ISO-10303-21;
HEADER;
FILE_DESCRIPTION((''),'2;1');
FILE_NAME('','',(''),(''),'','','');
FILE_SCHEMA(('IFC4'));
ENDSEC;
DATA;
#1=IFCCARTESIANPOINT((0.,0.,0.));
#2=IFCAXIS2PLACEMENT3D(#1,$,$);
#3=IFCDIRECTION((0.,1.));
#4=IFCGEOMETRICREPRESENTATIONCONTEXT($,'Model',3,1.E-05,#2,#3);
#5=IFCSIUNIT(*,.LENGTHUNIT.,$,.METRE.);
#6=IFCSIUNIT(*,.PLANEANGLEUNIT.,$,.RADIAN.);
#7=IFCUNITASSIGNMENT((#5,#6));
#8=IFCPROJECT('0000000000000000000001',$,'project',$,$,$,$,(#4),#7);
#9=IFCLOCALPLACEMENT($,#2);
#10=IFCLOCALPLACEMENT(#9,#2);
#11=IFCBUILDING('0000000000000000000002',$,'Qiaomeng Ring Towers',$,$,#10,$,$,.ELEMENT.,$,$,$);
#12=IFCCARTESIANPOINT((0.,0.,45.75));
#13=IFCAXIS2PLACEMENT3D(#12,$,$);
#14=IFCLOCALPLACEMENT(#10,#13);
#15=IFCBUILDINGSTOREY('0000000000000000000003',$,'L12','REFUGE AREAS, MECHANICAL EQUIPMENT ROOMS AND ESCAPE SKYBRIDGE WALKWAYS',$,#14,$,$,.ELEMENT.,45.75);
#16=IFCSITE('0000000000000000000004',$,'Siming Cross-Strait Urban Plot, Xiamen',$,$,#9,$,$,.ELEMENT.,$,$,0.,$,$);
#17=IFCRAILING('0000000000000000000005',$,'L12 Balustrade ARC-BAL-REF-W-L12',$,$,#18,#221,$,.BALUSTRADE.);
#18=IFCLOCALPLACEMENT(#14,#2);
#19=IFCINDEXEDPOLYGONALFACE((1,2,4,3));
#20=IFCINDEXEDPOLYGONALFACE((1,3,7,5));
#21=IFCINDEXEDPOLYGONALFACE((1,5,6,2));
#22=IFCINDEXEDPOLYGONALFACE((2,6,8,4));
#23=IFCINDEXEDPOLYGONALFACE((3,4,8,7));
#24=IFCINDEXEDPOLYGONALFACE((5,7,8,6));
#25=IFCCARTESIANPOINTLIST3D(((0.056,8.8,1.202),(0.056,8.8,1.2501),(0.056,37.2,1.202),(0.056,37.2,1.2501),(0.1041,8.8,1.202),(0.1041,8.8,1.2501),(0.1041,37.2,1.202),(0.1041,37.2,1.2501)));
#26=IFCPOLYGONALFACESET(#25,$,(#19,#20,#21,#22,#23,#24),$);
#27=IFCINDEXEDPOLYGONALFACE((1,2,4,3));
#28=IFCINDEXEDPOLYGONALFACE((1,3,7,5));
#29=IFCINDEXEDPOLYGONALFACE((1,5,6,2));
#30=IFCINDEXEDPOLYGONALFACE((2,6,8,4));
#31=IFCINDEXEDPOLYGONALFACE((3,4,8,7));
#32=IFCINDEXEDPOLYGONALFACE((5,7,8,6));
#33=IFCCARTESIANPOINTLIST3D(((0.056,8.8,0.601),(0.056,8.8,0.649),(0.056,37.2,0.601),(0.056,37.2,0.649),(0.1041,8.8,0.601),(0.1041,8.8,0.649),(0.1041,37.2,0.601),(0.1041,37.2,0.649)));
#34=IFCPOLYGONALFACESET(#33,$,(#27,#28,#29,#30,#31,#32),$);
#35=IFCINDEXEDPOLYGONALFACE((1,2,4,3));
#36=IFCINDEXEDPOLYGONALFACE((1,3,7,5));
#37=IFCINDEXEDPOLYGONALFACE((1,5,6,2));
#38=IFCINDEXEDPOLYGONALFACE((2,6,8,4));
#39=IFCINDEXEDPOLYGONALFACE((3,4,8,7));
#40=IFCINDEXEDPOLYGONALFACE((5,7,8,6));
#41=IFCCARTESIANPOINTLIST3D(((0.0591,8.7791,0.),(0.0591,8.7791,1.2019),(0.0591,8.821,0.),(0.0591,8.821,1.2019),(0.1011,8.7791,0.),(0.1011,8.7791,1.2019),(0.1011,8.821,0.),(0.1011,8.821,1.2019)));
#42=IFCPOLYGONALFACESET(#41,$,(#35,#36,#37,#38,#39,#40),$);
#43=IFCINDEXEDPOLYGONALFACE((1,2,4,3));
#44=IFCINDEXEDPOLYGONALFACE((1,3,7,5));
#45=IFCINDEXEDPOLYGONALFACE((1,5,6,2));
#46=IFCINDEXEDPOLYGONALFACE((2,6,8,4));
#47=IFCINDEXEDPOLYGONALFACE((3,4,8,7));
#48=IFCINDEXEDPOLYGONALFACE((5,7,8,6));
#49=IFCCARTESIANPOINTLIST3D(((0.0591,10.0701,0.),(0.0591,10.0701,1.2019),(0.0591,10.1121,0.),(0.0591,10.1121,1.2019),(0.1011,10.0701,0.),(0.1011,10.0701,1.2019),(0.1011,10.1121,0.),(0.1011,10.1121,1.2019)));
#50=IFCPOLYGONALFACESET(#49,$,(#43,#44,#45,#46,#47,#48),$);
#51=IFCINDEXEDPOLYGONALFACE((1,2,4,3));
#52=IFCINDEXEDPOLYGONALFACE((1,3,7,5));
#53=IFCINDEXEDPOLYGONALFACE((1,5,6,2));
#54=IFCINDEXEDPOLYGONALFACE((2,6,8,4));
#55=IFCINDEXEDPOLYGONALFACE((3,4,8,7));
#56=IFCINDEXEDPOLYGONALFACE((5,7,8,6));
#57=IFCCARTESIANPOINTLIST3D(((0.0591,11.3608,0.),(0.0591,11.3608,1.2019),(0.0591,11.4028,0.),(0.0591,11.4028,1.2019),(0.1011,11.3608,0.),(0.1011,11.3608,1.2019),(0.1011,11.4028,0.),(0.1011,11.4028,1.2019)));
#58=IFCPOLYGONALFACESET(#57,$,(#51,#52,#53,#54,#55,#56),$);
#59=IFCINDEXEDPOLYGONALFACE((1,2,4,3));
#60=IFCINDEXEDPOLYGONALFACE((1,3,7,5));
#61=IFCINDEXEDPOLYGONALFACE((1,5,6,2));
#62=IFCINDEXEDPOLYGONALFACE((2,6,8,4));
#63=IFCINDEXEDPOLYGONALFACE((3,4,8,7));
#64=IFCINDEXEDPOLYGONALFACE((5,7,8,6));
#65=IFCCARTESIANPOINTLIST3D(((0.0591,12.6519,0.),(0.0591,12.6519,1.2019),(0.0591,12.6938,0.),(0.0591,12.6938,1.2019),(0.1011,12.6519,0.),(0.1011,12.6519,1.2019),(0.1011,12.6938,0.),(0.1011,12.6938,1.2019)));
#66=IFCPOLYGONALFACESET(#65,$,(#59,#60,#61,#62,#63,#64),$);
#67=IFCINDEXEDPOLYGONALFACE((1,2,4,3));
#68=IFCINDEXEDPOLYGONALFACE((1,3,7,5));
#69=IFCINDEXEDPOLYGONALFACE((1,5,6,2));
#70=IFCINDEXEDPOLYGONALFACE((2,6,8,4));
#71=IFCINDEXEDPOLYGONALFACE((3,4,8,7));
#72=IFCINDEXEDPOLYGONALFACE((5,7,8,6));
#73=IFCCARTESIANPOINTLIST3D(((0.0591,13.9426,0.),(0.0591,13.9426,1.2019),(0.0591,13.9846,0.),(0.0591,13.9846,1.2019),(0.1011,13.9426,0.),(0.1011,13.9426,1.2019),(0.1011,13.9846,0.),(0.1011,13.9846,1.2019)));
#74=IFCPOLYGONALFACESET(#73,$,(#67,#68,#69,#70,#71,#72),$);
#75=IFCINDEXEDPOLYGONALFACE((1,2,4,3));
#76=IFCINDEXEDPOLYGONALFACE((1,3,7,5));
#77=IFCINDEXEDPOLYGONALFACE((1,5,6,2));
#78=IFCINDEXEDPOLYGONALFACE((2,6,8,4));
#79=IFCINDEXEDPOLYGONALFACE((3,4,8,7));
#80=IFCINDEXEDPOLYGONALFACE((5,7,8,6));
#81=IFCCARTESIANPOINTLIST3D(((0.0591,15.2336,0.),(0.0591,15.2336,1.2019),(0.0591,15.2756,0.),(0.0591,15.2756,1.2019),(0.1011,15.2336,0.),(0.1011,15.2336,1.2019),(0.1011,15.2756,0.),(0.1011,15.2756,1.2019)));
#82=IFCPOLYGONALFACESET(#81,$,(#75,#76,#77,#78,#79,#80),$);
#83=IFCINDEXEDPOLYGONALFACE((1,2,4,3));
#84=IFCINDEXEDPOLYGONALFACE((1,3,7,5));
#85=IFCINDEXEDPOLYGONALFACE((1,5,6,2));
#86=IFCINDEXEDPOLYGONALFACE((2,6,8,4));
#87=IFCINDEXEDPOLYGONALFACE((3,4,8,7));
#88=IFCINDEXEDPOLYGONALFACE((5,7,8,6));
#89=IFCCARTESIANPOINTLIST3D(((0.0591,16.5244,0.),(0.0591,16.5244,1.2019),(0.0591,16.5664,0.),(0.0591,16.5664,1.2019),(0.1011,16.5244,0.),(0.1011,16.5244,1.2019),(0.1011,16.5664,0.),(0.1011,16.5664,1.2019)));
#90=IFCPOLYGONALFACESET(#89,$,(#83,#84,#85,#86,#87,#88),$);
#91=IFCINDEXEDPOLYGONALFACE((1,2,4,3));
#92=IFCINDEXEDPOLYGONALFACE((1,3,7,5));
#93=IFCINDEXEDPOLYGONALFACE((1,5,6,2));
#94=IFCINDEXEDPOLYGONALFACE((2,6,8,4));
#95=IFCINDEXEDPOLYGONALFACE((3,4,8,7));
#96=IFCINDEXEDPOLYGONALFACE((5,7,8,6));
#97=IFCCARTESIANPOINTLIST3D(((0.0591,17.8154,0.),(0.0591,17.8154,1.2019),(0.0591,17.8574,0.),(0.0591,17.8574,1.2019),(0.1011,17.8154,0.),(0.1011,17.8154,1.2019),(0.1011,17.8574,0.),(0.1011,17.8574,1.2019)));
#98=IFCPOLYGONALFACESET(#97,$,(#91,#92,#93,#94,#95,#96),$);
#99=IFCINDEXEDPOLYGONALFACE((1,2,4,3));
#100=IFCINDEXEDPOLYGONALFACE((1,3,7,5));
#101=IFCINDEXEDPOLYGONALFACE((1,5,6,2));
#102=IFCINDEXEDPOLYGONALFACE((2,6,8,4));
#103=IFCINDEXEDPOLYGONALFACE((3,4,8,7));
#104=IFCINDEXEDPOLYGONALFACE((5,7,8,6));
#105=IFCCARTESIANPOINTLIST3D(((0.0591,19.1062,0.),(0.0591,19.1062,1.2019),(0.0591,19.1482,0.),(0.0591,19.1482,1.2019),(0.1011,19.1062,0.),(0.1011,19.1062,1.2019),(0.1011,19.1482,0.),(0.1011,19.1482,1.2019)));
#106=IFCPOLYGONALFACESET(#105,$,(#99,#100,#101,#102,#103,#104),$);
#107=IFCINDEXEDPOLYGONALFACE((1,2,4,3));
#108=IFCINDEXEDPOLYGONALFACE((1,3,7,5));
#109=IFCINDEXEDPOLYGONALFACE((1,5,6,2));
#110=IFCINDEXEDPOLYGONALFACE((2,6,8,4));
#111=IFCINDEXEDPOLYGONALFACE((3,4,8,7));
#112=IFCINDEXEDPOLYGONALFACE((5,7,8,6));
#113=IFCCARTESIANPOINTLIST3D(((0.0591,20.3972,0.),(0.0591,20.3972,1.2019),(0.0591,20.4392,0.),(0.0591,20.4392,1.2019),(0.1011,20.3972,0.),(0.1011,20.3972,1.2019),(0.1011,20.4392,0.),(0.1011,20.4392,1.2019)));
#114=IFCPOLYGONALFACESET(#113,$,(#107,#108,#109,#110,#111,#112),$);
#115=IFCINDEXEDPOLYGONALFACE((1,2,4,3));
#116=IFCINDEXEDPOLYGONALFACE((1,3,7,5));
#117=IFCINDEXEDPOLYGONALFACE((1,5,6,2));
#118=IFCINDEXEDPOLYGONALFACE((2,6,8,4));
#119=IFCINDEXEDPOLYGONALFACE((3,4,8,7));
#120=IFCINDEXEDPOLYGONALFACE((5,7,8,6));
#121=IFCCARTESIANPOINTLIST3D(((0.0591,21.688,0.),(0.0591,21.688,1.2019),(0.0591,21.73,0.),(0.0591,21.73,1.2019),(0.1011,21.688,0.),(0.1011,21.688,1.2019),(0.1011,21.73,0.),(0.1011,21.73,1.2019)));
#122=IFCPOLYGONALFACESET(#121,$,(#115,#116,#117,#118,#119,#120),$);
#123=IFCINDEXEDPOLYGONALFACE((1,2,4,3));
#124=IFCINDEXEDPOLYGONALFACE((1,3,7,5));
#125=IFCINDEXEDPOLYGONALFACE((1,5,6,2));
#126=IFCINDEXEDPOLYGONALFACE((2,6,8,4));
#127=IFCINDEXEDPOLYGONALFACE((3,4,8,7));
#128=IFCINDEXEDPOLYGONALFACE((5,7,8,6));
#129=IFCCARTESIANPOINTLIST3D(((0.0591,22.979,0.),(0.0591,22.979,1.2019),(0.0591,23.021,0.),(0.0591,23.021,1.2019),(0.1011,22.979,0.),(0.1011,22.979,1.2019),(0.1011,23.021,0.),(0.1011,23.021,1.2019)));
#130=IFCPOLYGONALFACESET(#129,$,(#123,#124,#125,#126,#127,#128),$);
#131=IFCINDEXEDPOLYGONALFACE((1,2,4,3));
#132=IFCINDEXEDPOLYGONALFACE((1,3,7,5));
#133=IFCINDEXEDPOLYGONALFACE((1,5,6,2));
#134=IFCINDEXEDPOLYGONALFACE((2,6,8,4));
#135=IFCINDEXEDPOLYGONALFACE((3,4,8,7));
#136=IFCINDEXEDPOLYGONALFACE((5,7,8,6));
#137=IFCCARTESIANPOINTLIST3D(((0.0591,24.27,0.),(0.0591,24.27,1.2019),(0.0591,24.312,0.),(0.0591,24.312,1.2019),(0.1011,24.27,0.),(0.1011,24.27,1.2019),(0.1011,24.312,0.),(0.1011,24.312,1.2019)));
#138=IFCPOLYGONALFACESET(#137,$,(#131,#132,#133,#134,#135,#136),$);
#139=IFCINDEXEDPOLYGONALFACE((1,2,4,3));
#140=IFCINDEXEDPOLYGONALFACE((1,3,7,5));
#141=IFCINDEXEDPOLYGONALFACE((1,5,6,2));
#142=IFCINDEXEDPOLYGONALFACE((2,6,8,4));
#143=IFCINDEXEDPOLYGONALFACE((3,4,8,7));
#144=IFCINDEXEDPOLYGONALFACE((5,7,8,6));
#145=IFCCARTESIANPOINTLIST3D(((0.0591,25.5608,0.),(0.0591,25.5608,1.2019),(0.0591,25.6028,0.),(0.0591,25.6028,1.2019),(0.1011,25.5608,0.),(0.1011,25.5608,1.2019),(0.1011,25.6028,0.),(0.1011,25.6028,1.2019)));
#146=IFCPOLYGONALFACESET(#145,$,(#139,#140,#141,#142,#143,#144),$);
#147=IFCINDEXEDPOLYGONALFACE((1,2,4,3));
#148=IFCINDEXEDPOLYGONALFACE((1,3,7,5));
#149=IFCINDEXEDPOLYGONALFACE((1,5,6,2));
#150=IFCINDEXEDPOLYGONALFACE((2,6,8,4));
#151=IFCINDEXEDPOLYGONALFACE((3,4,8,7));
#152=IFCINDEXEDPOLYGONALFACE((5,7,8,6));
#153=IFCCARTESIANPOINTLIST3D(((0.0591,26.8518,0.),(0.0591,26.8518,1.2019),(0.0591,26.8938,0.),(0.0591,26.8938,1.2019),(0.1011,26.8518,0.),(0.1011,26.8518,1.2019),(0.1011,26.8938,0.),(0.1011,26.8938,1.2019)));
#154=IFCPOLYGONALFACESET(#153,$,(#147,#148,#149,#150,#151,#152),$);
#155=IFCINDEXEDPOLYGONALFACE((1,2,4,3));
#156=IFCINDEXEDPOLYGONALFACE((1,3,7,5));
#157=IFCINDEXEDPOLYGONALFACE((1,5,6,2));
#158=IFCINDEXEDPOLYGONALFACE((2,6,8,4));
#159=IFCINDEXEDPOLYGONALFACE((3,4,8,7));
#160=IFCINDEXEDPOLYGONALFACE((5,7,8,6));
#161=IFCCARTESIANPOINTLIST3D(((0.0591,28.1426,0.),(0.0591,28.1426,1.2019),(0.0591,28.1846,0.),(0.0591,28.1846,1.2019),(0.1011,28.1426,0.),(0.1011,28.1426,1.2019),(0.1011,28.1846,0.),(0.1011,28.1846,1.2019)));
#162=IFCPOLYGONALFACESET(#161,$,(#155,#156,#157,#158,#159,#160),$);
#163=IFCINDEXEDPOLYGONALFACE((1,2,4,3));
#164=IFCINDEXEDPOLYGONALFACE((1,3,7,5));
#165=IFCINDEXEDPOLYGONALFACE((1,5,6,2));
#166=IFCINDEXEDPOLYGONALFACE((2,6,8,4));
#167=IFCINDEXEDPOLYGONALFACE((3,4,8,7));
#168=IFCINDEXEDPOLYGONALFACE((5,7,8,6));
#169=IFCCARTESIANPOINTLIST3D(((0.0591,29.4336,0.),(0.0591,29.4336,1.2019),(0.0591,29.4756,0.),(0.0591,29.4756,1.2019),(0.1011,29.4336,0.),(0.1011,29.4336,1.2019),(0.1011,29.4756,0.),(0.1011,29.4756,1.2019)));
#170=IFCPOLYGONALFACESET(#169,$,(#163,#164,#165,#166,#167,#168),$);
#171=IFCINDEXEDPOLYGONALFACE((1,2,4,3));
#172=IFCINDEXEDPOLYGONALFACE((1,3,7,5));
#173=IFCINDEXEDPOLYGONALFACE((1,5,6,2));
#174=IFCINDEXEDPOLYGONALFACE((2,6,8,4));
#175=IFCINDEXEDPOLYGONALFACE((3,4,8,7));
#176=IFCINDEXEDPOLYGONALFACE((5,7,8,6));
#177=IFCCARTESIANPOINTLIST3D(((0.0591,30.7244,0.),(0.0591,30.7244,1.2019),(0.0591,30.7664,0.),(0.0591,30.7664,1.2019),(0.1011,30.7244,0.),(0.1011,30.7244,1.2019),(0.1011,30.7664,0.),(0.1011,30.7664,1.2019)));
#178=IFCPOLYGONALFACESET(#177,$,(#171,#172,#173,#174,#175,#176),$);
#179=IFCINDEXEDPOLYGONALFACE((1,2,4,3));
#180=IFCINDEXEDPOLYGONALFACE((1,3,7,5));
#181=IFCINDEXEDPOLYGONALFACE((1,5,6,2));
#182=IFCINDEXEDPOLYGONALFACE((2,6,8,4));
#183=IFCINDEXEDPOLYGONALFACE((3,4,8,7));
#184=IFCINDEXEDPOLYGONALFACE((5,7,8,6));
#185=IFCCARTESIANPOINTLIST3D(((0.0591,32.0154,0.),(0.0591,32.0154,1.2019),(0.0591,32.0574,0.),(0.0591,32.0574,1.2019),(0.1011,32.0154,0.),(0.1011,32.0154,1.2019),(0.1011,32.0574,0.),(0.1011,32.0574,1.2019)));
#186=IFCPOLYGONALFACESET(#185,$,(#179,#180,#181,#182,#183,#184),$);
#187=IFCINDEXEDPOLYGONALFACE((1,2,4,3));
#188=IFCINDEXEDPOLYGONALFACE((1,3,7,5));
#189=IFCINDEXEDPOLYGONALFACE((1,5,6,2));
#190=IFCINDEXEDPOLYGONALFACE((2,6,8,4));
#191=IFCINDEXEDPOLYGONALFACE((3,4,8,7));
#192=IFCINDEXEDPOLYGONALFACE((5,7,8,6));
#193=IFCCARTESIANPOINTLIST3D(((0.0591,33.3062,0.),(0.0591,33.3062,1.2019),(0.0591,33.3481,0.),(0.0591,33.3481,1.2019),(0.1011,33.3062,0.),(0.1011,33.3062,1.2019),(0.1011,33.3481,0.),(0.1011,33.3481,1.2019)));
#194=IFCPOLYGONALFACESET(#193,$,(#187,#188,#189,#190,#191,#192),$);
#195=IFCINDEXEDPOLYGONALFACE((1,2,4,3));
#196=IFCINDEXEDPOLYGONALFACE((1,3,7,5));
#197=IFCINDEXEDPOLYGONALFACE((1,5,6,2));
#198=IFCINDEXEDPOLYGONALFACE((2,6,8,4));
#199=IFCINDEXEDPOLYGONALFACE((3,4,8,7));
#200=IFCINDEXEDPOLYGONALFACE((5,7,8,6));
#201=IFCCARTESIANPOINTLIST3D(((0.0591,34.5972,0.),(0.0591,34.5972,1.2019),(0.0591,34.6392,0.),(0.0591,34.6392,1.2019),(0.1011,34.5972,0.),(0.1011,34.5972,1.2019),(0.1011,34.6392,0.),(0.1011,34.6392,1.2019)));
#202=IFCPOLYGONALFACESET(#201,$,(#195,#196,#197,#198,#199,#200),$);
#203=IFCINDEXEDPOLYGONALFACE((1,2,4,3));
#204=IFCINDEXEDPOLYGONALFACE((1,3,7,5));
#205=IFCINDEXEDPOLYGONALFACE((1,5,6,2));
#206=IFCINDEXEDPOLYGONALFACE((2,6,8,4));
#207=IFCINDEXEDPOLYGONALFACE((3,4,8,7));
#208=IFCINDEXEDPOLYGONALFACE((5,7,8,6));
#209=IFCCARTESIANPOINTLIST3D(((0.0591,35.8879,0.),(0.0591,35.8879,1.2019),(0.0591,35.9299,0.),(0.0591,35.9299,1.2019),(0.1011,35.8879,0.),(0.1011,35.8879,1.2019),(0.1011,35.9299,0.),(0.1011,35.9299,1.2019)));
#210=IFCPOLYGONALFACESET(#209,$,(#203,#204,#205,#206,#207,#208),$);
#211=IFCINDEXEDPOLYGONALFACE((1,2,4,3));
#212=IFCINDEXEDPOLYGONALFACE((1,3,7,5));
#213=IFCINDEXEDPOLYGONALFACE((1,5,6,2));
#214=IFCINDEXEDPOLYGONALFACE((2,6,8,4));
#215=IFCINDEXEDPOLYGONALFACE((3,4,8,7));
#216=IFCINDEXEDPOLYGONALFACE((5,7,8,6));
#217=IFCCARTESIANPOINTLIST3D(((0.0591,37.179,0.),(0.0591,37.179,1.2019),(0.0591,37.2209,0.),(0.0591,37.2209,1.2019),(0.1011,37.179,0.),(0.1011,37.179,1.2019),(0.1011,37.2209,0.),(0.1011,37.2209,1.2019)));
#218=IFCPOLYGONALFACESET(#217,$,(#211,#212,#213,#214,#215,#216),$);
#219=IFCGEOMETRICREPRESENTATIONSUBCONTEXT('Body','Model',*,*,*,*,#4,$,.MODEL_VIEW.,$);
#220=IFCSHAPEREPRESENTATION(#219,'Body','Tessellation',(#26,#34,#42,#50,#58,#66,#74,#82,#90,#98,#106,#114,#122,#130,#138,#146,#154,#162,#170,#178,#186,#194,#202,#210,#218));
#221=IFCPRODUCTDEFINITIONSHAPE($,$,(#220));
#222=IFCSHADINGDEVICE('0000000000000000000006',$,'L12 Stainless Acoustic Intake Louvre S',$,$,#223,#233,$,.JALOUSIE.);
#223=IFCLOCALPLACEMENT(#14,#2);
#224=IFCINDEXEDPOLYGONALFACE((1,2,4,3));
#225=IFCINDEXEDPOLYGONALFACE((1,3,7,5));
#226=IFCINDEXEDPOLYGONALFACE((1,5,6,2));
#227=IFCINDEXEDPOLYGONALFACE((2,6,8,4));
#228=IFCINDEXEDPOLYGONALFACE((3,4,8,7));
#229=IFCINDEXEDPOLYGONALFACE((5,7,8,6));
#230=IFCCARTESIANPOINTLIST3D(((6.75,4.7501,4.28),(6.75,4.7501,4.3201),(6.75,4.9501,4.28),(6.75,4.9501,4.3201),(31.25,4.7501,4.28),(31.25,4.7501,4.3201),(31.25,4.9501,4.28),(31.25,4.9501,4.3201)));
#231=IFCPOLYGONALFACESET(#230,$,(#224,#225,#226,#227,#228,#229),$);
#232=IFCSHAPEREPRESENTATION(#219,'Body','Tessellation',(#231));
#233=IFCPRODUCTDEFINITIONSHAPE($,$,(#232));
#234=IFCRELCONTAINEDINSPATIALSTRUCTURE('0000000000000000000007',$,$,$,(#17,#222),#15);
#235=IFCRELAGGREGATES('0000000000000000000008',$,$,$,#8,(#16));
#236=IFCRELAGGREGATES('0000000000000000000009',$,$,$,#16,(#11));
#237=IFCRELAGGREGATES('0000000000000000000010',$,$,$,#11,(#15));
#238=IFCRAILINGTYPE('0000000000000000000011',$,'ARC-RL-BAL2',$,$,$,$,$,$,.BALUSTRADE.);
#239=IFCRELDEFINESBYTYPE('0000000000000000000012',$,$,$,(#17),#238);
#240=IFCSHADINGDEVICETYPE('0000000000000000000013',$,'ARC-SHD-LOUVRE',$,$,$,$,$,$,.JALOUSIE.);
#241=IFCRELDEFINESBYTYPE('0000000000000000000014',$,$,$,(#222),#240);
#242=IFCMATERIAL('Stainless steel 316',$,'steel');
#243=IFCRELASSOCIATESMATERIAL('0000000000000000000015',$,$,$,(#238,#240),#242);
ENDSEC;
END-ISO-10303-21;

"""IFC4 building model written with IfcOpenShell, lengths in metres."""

from ifc_helpers import new_model, si_unit, direction, frame, origin, origin_2d, place, context, subcontext, project, spatial, rectangle, extrude, source, transform, mapped, material, material_profile, profile_set, type_object, element, save


model = new_model("IFC4")

# Units and contexts
model_context = context("Model", 3, precision=1e-05, world=origin(), true_north=direction((0.0, 1.0)))
body_context = subcontext(model_context, "Body", "Model", "MODEL_VIEW")
ifc_project = project(units=[si_unit("LENGTHUNIT", "METRE"), si_unit("PLANEANGLEUNIT", "RADIAN")], contexts=[model_context])

# Site, building, storey
site_placement = place(None, origin())
site = spatial("IfcSite", under=ifc_project, at=site_placement, Name="Siming Cross-Strait Urban Plot, Xiamen", CompositionType="ELEMENT", RefElevation=0.0)
building_placement = place(site_placement, origin())
building = spatial("IfcBuilding", under=site, at=building_placement, Name="Qiaomeng Ring Towers", CompositionType="ELEMENT")
storey_placement = place(building_placement, frame((0.0, 0.0, 45.75)))
storey = spatial("IfcBuildingStorey", under=building, at=storey_placement, Name="L12", Description="REFUGE AREAS, MECHANICAL EQUIPMENT ROOMS AND ESCAPE SKYBRIDGE WALKWAYS", CompositionType="ELEMENT", Elevation=45.75)

# Railing
ifc_material_1 = material(Name="Stainless steel 316", Category="steel")
railing_type = type_object("IfcRailingType", Name="ARC-RL-BAL2", PredefinedType="BALUSTRADE", material=ifc_material_1)
railing_1_placement = place(storey_placement, frame((0.0801, 8.8, 0.0)))
element("IfcRailing", 1, at=railing_1_placement, inside=storey, type_object=railing_type, Name="L12 Balustrade ARC-BAL-REF-W-L12", PredefinedType="BALUSTRADE", context=body_context, shape_type="SweptSolid", body=[
    extrude(rectangle(XDim=0.0481, YDim=0.0481, at=origin_2d()), frame((0.0, 0.0, 1.2261), z_axis=(0.0, 1.0, 0.0), x_axis=(-1.0, 0.0, 0.0)), (0.0, 0.0, 1.0), 28.3999),
    extrude(rectangle(XDim=0.0481, YDim=0.0481, at=origin_2d()), frame((0.0, 0.0, 0.625), z_axis=(0.0, 1.0, 0.0), x_axis=(-1.0, 0.0, 0.0)), (0.0, 0.0, 1.0), 28.3999),
    extrude(rectangle(XDim=0.042, YDim=0.042, at=origin_2d()), origin(), (0.0, 0.0, 1.0), 1.2019),
    extrude(rectangle(XDim=0.042, YDim=0.042, at=origin_2d()), frame((0.0, 1.291, 0.0)), (0.0, 0.0, 1.0), 1.2019),
    extrude(rectangle(XDim=0.042, YDim=0.042, at=origin_2d()), frame((0.0, 2.5818, 0.0)), (0.0, 0.0, 1.0), 1.2019),
    extrude(rectangle(XDim=0.042, YDim=0.042, at=origin_2d()), frame((0.0, 3.8728, 0.0)), (0.0, 0.0, 1.0), 1.2019),
    extrude(rectangle(XDim=0.042, YDim=0.042, at=origin_2d()), frame((0.0, 5.1636, 0.0)), (0.0, 0.0, 1.0), 1.2019),
    extrude(rectangle(XDim=0.042, YDim=0.042, at=origin_2d()), frame((0.0, 6.4546, 0.0)), (0.0, 0.0, 1.0), 1.2019),
    extrude(rectangle(XDim=0.042, YDim=0.042, at=origin_2d()), frame((0.0, 7.7454, 0.0)), (0.0, 0.0, 1.0), 1.2019),
    extrude(rectangle(XDim=0.042, YDim=0.042, at=origin_2d()), frame((0.0, 9.0364, 0.0)), (0.0, 0.0, 1.0), 1.2019),
    extrude(rectangle(XDim=0.042, YDim=0.042, at=origin_2d()), frame((0.0, 10.3271, 0.0)), (0.0, 0.0, 1.0), 1.2019),
    extrude(rectangle(XDim=0.042, YDim=0.042, at=origin_2d()), frame((0.0, 11.6182, 0.0)), (0.0, 0.0, 1.0), 1.2019),
    extrude(rectangle(XDim=0.042, YDim=0.042, at=origin_2d()), frame((0.0, 12.9089, 0.0)), (0.0, 0.0, 1.0), 1.2019),
    extrude(rectangle(XDim=0.042, YDim=0.042, at=origin_2d()), frame((0.0, 14.2, 0.0)), (0.0, 0.0, 1.0), 1.2019),
    extrude(rectangle(XDim=0.042, YDim=0.042, at=origin_2d()), frame((0.0, 15.491, 0.0)), (0.0, 0.0, 1.0), 1.2019),
    extrude(rectangle(XDim=0.042, YDim=0.042, at=origin_2d()), frame((0.0, 16.7817, 0.0)), (0.0, 0.0, 1.0), 1.2019),
    extrude(rectangle(XDim=0.042, YDim=0.042, at=origin_2d()), frame((0.0, 18.0728, 0.0)), (0.0, 0.0, 1.0), 1.2019),
    extrude(rectangle(XDim=0.042, YDim=0.042, at=origin_2d()), frame((0.0, 19.3635, 0.0)), (0.0, 0.0, 1.0), 1.2019),
    extrude(rectangle(XDim=0.042, YDim=0.042, at=origin_2d()), frame((0.0, 20.6545, 0.0)), (0.0, 0.0, 1.0), 1.2019),
    extrude(rectangle(XDim=0.042, YDim=0.042, at=origin_2d()), frame((0.0, 21.9453, 0.0)), (0.0, 0.0, 1.0), 1.2019),
    extrude(rectangle(XDim=0.042, YDim=0.042, at=origin_2d()), frame((0.0, 23.2363, 0.0)), (0.0, 0.0, 1.0), 1.2019),
    extrude(rectangle(XDim=0.042, YDim=0.042, at=origin_2d()), frame((0.0, 24.5271, 0.0)), (0.0, 0.0, 1.0), 1.2019),
    extrude(rectangle(XDim=0.042, YDim=0.042, at=origin_2d()), frame((0.0, 25.8181, 0.0)), (0.0, 0.0, 1.0), 1.2019),
    extrude(rectangle(XDim=0.042, YDim=0.042, at=origin_2d()), frame((0.0, 27.1089, 0.0)), (0.0, 0.0, 1.0), 1.2019),
    extrude(rectangle(XDim=0.042, YDim=0.042, at=origin_2d()), frame((0.0, 28.3999, 0.0)), (0.0, 0.0, 1.0), 1.2019),
])

# Shading device
ifc_material_profile_1 = material_profile(ifc_material_1, rectangle(XDim=0.2, YDim=0.04, at=origin_2d()), Name="LV BLADE 200x40")
ifc_profile_set_1 = profile_set([ifc_material_profile_1], Name="Stainless steel 316")
shading_device_type = type_object("IfcShadingDeviceType", Name="ARC-SHD-LOUVRE", PredefinedType="JALOUSIE", material=ifc_profile_set_1)
shared_shape_1 = source(origin(), body_context, "Body", "SweptSolid", [
    extrude(rectangle(XDim=0.2, YDim=0.04, at=origin_2d()), origin(), (0.0, 0.0, 1.0), 24.5),
])
shading_device_placement = place(storey_placement, frame((6.75, 4.8501, 4.3), z_axis=(1.0, 0.0, 0.0), x_axis=(0.0, 1.0, 0.0)))
element("IfcShadingDevice", 2, at=shading_device_placement, inside=storey, type_object=shading_device_type, Name="L12 Stainless Acoustic Intake Louvre S", PredefinedType="JALOUSIE", context=body_context, shape_type="MappedRepresentation", body=[
    mapped(shared_shape_1, transform((0.0, 0.0, 0.0), x_axis=(1.0, 0.0, 0.0), y_axis=(0.0, 1.0, 0.0), z_axis=(0.0, 0.0, 1.0), scale=1.0)),
])

save(model, "model.ifc")
